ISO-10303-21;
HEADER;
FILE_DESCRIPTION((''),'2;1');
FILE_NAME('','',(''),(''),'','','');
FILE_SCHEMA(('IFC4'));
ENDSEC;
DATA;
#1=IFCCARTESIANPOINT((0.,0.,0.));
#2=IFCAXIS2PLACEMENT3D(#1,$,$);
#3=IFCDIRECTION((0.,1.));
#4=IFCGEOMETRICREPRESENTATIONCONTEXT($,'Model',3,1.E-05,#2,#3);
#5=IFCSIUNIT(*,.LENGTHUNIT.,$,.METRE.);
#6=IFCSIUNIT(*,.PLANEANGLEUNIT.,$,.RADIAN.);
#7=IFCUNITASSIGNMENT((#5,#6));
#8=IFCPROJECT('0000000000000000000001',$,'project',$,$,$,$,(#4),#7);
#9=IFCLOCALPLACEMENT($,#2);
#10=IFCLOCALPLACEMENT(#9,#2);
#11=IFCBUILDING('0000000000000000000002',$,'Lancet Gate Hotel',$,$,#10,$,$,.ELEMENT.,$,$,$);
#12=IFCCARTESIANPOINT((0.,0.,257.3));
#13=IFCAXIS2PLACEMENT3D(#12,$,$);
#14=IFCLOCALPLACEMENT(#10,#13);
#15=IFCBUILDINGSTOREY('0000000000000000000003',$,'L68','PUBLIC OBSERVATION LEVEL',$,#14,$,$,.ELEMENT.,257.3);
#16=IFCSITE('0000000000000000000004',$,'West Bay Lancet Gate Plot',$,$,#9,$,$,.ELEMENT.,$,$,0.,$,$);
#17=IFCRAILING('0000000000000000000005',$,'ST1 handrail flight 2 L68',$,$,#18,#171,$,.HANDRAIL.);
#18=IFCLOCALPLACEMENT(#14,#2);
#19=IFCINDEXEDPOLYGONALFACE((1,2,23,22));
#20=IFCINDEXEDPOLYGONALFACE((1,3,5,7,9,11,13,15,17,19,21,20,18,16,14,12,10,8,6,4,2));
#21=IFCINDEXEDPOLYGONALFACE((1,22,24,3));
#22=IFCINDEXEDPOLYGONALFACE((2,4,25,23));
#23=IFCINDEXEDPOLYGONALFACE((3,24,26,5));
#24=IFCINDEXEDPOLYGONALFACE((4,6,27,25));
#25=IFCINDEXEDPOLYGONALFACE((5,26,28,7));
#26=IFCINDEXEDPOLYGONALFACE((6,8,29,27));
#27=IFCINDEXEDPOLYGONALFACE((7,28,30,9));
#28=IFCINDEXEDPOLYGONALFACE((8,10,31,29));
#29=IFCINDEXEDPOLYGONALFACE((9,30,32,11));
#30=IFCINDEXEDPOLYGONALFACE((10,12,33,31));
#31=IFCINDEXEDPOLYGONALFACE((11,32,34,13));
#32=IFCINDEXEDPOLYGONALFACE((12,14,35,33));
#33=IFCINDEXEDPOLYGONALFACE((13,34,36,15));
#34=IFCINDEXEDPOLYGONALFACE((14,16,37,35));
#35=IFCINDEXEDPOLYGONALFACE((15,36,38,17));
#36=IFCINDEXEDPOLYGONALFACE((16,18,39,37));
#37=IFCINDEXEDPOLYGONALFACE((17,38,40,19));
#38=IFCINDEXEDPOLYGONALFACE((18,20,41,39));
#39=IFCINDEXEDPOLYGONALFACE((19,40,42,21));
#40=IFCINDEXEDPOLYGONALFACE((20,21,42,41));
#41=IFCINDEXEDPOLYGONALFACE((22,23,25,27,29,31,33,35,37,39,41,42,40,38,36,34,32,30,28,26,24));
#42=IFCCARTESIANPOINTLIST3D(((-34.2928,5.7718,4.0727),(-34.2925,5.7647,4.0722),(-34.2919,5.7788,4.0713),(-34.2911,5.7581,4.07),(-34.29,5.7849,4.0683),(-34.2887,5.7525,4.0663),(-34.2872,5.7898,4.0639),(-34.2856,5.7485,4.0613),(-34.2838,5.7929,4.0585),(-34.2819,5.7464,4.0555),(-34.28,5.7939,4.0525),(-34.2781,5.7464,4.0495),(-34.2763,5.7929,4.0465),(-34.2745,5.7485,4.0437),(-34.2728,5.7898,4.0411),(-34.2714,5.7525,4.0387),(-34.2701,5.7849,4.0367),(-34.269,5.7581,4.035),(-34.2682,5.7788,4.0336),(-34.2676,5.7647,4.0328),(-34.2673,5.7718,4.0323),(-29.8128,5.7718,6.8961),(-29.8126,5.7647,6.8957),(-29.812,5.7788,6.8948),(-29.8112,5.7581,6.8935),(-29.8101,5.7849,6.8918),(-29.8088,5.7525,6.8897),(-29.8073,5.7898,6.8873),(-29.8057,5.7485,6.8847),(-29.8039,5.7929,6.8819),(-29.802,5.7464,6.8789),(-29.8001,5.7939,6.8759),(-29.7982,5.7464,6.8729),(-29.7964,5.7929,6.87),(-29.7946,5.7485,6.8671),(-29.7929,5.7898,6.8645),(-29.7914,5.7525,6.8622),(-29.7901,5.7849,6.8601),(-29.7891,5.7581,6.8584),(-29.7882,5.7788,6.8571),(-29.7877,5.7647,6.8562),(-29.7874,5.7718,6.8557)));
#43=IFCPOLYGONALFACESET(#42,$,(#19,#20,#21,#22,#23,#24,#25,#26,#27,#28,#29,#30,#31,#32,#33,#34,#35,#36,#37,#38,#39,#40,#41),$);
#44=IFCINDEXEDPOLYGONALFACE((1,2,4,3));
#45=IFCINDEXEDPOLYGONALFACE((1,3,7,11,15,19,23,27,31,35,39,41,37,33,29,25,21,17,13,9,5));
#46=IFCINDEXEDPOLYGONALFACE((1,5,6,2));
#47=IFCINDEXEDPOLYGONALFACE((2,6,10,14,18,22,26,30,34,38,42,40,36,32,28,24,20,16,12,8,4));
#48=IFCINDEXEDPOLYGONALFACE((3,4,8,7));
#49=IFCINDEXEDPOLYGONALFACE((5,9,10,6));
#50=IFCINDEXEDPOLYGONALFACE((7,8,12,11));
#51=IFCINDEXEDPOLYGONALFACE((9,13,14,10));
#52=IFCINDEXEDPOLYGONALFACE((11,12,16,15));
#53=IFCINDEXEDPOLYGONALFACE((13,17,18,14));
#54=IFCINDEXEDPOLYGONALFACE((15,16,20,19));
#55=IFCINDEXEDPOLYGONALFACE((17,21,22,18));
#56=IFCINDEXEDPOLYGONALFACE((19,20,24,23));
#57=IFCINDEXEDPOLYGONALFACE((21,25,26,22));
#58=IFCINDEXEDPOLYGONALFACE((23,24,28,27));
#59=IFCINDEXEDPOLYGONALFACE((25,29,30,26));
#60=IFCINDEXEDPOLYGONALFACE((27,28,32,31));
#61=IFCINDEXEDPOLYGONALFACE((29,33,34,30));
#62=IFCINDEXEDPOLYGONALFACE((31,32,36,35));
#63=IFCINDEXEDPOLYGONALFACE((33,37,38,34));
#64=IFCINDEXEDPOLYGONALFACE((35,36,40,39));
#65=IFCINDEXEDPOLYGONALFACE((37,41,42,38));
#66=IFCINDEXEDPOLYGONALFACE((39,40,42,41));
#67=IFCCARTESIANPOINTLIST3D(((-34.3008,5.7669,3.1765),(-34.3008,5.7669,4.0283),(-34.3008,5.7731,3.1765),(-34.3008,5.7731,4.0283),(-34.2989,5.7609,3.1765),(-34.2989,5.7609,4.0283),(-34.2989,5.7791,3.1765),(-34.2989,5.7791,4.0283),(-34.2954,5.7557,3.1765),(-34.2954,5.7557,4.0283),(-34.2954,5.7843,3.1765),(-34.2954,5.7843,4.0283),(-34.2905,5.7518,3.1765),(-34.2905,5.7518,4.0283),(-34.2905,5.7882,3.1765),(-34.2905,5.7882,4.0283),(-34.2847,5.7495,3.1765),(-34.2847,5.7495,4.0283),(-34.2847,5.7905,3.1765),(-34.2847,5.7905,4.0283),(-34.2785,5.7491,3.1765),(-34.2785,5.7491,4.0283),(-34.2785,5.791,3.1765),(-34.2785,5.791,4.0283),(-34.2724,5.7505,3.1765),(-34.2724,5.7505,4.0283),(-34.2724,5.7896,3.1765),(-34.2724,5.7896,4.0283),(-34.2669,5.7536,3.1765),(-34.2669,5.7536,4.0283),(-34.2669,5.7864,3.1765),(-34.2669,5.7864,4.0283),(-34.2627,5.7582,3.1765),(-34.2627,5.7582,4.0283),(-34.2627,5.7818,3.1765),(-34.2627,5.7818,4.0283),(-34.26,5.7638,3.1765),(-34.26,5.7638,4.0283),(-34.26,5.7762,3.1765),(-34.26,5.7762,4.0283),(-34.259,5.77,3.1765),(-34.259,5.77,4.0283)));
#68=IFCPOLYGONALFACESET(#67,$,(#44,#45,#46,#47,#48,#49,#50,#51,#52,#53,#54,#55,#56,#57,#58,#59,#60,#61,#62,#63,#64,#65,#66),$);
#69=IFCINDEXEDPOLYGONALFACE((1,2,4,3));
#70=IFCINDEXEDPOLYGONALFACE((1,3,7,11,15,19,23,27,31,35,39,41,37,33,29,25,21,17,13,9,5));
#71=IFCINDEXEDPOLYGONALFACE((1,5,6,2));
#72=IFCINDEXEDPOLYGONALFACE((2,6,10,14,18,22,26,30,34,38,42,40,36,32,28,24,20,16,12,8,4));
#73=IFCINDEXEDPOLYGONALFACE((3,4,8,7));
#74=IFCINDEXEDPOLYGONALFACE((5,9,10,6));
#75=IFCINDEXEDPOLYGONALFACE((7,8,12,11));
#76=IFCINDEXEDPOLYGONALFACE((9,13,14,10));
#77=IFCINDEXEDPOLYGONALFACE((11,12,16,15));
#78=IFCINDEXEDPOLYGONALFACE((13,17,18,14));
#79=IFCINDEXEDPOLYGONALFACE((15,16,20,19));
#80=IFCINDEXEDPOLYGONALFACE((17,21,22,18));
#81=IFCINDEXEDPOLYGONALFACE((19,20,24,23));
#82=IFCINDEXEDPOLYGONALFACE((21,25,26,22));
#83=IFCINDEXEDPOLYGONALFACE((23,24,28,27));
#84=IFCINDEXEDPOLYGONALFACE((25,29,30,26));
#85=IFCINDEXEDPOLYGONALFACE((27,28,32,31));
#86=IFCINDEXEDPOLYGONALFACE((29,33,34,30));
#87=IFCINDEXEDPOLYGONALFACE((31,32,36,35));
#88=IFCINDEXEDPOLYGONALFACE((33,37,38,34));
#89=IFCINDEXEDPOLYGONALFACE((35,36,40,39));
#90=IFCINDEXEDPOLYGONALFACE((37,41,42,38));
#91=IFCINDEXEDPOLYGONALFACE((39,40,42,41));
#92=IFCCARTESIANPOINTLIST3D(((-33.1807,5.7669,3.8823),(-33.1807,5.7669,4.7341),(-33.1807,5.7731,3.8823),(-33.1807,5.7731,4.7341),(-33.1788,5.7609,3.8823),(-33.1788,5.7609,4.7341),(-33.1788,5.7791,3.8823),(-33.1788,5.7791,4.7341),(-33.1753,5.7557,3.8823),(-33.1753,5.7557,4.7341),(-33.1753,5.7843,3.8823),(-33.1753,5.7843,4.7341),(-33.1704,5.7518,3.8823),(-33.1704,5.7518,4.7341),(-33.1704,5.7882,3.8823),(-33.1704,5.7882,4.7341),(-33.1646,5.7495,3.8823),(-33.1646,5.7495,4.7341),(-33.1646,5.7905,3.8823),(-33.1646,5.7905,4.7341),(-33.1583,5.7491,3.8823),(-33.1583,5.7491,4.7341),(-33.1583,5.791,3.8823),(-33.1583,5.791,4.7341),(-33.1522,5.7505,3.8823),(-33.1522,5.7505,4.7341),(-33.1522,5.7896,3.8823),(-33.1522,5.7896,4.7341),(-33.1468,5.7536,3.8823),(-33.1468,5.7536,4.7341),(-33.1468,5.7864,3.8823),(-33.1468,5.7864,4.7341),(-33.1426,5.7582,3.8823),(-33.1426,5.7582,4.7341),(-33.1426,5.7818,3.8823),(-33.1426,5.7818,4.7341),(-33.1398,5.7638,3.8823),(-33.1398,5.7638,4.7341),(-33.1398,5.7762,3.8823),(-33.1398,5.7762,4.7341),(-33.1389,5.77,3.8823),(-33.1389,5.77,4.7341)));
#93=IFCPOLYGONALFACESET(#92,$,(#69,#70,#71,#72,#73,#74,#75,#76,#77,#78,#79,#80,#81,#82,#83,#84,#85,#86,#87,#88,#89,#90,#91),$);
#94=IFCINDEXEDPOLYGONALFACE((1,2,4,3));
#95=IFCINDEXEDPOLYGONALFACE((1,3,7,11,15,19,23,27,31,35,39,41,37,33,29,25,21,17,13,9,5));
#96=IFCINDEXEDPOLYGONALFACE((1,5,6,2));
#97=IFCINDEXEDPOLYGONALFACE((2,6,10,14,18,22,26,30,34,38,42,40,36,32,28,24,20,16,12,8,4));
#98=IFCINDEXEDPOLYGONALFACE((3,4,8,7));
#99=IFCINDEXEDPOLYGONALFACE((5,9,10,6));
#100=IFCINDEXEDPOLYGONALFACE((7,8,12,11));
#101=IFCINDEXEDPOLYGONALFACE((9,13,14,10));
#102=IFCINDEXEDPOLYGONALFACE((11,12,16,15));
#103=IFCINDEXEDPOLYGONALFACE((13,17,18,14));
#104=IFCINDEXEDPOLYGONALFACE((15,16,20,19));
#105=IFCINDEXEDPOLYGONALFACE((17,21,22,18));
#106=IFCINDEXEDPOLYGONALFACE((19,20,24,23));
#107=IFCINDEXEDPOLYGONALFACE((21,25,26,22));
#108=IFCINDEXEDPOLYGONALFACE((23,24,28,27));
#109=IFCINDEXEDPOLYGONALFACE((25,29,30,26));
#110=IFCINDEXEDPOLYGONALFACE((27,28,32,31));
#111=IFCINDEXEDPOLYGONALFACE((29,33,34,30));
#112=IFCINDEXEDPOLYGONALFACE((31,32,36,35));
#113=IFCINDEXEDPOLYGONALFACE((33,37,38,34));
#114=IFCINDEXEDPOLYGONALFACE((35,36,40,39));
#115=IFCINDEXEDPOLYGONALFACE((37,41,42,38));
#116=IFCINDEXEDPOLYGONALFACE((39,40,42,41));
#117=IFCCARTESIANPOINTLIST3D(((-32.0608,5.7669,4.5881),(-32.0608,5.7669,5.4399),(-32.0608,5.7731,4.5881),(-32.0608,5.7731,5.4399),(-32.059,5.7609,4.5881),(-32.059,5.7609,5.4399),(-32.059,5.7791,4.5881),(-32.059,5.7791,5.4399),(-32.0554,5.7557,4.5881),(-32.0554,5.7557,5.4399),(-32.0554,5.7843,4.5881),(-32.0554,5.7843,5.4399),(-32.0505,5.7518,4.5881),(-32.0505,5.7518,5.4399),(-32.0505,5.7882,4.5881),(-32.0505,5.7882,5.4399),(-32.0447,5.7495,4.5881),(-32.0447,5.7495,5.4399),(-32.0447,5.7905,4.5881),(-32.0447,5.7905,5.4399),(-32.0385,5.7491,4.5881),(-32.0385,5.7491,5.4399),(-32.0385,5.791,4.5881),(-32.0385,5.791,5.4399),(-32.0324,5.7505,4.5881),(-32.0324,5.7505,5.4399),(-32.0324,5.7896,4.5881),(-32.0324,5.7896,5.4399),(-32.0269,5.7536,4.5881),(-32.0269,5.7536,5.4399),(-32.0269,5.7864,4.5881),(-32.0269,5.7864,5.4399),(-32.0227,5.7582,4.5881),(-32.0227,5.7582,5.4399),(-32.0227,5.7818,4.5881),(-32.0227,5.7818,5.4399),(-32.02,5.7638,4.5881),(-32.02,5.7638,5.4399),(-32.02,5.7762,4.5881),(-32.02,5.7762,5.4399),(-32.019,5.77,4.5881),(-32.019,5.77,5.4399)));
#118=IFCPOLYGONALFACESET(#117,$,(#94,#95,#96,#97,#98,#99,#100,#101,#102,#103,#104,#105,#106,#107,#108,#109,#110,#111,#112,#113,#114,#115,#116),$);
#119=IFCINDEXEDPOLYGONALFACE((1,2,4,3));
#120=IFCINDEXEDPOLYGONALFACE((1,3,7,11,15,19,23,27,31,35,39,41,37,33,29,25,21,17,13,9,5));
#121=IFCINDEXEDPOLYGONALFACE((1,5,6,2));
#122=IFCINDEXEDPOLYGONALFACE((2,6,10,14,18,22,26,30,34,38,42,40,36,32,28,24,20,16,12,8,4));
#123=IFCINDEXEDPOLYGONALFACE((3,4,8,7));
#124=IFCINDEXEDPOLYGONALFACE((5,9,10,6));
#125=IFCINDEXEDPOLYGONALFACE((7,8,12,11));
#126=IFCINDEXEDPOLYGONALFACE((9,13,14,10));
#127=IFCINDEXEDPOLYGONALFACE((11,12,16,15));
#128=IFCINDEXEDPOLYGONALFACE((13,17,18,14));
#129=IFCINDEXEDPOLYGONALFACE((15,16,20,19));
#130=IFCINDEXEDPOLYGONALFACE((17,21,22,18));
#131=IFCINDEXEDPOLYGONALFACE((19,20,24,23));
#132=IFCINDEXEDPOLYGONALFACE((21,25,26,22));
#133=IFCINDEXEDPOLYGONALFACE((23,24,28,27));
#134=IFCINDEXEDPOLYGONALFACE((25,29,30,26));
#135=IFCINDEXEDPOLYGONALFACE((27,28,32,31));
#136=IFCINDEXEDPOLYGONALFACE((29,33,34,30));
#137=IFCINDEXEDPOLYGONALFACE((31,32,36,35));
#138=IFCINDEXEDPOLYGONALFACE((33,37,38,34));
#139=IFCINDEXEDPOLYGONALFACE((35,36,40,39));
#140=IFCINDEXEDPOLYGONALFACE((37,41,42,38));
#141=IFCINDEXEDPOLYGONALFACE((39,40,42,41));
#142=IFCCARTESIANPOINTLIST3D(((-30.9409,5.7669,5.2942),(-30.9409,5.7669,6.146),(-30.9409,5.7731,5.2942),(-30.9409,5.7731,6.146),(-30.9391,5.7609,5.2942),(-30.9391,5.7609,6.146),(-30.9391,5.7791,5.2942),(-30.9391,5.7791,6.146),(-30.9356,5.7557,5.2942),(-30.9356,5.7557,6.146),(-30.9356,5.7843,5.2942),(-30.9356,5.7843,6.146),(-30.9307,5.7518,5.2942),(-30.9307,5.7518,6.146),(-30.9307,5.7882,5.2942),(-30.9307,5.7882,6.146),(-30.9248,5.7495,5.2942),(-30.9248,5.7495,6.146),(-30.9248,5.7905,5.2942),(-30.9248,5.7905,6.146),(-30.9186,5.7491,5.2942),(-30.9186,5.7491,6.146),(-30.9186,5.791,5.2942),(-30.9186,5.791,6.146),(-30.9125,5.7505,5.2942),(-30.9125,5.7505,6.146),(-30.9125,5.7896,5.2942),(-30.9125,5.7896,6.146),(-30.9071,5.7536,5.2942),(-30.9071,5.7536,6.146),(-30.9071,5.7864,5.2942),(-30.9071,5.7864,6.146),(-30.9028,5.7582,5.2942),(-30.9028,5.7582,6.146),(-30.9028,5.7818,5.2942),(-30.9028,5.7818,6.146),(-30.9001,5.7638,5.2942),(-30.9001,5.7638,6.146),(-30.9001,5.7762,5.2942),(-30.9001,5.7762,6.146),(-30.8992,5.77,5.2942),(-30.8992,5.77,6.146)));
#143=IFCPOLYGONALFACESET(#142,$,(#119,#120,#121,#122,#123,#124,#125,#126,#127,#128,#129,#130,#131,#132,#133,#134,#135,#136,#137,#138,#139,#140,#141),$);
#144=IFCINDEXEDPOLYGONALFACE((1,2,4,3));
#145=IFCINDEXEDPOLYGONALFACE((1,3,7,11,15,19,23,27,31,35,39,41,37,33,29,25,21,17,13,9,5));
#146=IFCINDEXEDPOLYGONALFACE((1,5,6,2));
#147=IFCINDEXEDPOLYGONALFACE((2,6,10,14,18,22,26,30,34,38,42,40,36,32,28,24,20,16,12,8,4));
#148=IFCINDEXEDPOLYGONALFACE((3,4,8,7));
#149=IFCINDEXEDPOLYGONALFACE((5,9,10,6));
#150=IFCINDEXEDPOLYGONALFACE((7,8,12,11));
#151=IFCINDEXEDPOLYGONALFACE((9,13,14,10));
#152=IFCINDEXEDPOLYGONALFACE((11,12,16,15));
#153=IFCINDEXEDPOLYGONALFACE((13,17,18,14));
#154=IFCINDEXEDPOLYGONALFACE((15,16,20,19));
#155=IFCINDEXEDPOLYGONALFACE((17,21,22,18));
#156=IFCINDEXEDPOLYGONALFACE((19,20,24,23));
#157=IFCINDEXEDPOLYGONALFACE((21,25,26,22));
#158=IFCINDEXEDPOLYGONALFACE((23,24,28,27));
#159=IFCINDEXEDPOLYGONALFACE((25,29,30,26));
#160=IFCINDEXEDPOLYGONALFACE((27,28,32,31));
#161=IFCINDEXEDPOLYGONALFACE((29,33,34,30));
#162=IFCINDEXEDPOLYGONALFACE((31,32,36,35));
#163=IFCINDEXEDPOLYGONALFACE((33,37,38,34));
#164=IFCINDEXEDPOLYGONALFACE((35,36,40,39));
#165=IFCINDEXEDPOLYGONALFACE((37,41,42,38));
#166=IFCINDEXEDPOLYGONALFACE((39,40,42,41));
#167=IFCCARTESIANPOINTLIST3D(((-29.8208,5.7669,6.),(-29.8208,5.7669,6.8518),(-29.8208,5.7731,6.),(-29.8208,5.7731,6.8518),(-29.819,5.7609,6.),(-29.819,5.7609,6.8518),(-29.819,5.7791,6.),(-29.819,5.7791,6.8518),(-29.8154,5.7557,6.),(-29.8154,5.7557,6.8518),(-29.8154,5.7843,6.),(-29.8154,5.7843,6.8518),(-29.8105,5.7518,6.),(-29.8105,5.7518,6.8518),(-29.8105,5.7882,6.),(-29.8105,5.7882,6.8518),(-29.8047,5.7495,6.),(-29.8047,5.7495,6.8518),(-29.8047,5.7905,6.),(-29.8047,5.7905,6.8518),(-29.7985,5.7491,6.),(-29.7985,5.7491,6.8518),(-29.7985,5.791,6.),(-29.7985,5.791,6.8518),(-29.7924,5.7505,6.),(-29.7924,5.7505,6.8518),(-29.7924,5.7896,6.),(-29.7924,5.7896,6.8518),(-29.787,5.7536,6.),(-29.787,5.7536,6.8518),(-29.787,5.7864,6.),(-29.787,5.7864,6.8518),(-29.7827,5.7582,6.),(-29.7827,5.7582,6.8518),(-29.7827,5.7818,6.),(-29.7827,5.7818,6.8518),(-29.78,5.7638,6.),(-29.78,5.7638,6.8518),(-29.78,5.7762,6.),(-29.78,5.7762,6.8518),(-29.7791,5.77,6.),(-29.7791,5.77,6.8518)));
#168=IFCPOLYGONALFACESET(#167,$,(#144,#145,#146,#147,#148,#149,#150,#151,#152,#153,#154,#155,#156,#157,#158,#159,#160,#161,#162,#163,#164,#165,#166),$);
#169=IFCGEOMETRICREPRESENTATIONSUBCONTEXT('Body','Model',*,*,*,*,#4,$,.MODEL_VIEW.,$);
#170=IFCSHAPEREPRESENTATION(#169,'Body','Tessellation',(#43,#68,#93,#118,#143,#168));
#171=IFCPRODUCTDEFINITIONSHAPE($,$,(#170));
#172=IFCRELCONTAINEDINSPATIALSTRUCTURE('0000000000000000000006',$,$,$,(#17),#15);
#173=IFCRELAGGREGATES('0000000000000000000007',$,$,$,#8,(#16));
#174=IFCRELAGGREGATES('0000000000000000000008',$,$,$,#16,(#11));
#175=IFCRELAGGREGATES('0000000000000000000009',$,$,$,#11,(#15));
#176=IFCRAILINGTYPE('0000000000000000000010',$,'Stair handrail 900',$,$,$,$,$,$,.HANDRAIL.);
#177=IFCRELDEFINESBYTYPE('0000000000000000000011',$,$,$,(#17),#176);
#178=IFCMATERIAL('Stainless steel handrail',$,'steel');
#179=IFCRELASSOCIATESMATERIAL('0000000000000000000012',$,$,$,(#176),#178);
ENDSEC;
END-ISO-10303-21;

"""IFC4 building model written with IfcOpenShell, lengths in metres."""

from ifc_helpers import new_model, si_unit, direction, frame, origin, origin_2d, place, context, subcontext, project, spatial, circle, extrude, material, type_object, element, save


model = new_model("IFC4")

# Units and contexts
model_context = context("Model", 3, precision=1e-05, world=origin(), true_north=direction((0.0, 1.0)))
body_context = subcontext(model_context, "Body", "Model", "MODEL_VIEW")
ifc_project = project(units=[si_unit("LENGTHUNIT", "METRE"), si_unit("PLANEANGLEUNIT", "RADIAN")], contexts=[model_context])

# Site, building, storey
site_placement = place(None, origin())
site = spatial("IfcSite", under=ifc_project, at=site_placement, Name="West Bay Lancet Gate Plot", CompositionType="ELEMENT", RefElevation=0.0)
building_placement = place(site_placement, origin())
building = spatial("IfcBuilding", under=site, at=building_placement, Name="Lancet Gate Hotel", CompositionType="ELEMENT")
storey_placement = place(building_placement, frame((0.0, 0.0, 257.3)))
storey = spatial("IfcBuildingStorey", under=building, at=storey_placement, Name="L68", Description="PUBLIC OBSERVATION LEVEL", CompositionType="ELEMENT", Elevation=257.3)

# Railing
ifc_material_1 = material(Name="Stainless steel handrail", Category="steel")
railing_type = type_object("IfcRailingType", Name="Stair handrail 900", PredefinedType="HANDRAIL", material=ifc_material_1)
railing_1_placement = place(storey_placement, frame((-34.28, 5.77, 3.1765)))
element("IfcRailing", 1, at=railing_1_placement, inside=storey, type_object=railing_type, Name="ST1 handrail flight 2 L68", PredefinedType="HANDRAIL", context=body_context, shape_type="SweptSolid", body=[
    extrude(circle(Radius=0.0239, at=origin_2d()), frame((0.0, 0.0, 0.876), z_axis=(0.845998, 0.0, 0.533186), x_axis=(0.0, 1.0, 0.0)), (0.0, 0.0, 1.0), 5.2954),
    extrude(circle(Radius=0.021, at=origin_2d()), origin(), (0.0, 0.0, 1.0), 0.8518),
    extrude(circle(Radius=0.021, at=origin_2d()), frame((1.1201, 0.0, 0.7058)), (0.0, 0.0, 1.0), 0.8518),
    extrude(circle(Radius=0.021, at=origin_2d()), frame((2.24, 0.0, 1.4116)), (0.0, 0.0, 1.0), 0.8518),
    extrude(circle(Radius=0.021, at=origin_2d()), frame((3.3599, 0.0, 2.1177)), (0.0, 0.0, 1.0), 0.8518),
    extrude(circle(Radius=0.021, at=origin_2d()), frame((4.48, 0.0, 2.8235)), (0.0, 0.0, 1.0), 0.8518),
])

save(model, "model.ifc")
